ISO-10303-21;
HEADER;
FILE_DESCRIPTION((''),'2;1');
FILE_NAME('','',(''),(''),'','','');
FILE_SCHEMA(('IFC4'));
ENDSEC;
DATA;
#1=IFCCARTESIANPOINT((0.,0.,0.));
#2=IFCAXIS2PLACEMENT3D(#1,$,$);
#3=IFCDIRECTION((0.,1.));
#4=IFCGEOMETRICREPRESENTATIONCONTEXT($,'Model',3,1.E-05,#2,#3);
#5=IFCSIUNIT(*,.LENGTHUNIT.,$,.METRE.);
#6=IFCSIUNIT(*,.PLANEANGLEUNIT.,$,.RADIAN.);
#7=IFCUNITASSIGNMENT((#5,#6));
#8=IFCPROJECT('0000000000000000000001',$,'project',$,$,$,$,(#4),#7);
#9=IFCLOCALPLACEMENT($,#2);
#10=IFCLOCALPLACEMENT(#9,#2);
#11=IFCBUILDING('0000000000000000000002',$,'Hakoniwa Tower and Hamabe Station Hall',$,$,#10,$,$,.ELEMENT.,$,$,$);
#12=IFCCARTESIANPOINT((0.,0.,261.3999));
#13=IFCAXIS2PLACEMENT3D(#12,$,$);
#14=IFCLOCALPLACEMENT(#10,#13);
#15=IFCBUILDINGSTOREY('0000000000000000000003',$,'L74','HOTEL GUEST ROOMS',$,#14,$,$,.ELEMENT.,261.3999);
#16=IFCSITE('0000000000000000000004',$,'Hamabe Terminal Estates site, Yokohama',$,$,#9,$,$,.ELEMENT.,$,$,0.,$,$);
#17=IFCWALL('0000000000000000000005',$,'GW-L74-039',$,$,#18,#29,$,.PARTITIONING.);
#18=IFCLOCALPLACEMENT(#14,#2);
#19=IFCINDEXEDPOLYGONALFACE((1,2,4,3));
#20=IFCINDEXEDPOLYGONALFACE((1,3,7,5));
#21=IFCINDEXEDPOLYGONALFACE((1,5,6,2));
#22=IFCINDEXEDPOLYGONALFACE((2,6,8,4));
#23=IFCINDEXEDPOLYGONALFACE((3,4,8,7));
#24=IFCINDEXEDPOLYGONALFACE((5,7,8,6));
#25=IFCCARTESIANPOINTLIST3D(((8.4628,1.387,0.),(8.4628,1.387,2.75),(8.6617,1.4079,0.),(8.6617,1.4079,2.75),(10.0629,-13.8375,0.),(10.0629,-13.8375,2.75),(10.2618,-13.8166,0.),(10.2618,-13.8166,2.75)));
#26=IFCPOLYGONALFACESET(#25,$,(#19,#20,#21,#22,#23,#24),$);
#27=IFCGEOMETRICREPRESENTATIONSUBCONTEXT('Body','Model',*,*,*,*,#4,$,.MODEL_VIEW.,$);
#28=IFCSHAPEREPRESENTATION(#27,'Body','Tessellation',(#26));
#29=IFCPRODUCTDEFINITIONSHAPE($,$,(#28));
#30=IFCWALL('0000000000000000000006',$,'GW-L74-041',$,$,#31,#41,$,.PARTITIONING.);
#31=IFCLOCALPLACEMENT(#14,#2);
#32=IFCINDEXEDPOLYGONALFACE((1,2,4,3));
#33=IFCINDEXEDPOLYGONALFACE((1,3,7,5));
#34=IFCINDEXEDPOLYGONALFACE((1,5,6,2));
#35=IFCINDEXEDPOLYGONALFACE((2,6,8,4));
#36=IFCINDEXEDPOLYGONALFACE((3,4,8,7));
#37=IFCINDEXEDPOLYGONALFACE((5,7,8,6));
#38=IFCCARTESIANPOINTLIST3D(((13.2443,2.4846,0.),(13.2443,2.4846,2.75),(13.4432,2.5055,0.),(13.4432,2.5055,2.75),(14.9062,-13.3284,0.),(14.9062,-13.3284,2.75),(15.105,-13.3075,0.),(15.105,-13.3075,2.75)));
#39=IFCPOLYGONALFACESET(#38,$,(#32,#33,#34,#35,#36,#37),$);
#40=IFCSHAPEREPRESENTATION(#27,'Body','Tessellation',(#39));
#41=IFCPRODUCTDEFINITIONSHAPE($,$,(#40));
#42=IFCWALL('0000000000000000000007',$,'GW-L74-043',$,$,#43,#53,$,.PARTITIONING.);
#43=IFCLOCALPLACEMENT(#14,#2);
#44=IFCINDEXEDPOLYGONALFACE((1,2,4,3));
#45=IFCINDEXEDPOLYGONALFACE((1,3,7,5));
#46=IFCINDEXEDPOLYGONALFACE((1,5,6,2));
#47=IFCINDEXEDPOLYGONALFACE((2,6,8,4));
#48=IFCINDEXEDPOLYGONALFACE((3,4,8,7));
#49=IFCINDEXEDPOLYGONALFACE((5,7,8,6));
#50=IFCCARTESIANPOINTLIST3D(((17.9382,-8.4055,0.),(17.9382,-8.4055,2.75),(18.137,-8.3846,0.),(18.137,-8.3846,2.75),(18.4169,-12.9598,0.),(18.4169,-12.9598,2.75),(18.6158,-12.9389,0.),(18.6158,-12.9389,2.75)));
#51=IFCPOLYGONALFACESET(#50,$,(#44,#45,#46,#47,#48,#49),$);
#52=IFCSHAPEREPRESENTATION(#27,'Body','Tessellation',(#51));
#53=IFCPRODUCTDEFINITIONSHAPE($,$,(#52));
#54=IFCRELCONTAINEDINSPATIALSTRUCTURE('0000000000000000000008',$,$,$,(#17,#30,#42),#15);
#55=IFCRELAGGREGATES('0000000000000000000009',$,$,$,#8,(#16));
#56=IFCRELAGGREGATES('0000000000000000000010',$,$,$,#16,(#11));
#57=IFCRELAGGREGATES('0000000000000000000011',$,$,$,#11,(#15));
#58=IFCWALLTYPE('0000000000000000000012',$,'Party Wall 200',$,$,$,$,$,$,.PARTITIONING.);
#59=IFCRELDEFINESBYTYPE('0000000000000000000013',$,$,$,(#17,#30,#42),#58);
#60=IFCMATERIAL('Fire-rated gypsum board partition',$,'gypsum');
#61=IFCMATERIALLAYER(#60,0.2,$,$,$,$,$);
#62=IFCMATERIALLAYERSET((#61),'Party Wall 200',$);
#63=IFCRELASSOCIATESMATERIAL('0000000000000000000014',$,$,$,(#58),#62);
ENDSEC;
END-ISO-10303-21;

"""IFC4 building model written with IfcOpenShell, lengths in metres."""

from ifc_helpers import new_model, si_unit, direction, frame, frame_2d, origin, place, context, subcontext, project, spatial, rectangle, extrude, material, layer, layer_set, type_object, element, save


model = new_model("IFC4")

# Units and contexts
model_context = context("Model", 3, precision=1e-05, world=origin(), true_north=direction((0.0, 1.0)))
body_context = subcontext(model_context, "Body", "Model", "MODEL_VIEW")
ifc_project = project(units=[si_unit("LENGTHUNIT", "METRE"), si_unit("PLANEANGLEUNIT", "RADIAN")], contexts=[model_context])

# Site, building, storey
site_placement = place(None, origin())
site = spatial("IfcSite", under=ifc_project, at=site_placement, Name="Hamabe Terminal Estates site, Yokohama", CompositionType="ELEMENT", RefElevation=0.0)
building_placement = place(site_placement, origin())
building = spatial("IfcBuilding", under=site, at=building_placement, Name="Hakoniwa Tower and Hamabe Station Hall", CompositionType="ELEMENT")
storey_placement = place(building_placement, frame((0.0, 0.0, 261.3999)))
storey = spatial("IfcBuildingStorey", under=building, at=storey_placement, Name="L74", Description="HOTEL GUEST ROOMS", CompositionType="ELEMENT", Elevation=261.3999)

# Walls
ifc_material_1 = material(Name="Fire-rated gypsum board partition", Category="gypsum")
ifc_layer_1 = layer(ifc_material_1, 0.2)
ifc_layer_set_1 = layer_set([ifc_layer_1], Name="Party Wall 200")
wall_type_1 = type_object("IfcWallType", Name="Party Wall 200", PredefinedType="PARTITIONING", material=ifc_layer_set_1)
wall_1_placement = place(storey_placement, frame((10.1624, -13.8271, 0.0), z_axis=(0.0, 0.0, 1.0), x_axis=(-0.104524, 0.994522, 0.0)))
element("IfcWall", 1, at=wall_1_placement, inside=storey, type_object=wall_type_1, Name="GW-L74-039", PredefinedType="PARTITIONING", context=body_context, shape_type="SweptSolid", body=[
    extrude(rectangle(XDim=15.3083, YDim=0.2, at=frame_2d((7.6543, 0.0))), origin(), (0.0, 0.0, 1.0), 2.75),
])
wall_2_placement = place(storey_placement, frame((15.0056, -13.3181, 0.0), z_axis=(0.0, 0.0, 1.0), x_axis=(-0.104519, 0.994523, 0.0)))
element("IfcWall", 2, at=wall_2_placement, inside=storey, type_object=wall_type_1, Name="GW-L74-041", PredefinedType="PARTITIONING", context=body_context, shape_type="SweptSolid", body=[
    extrude(rectangle(XDim=15.9001, YDim=0.2, at=frame_2d((7.9502, 0.0))), origin(), (0.0, 0.0, 1.0), 2.75),
])
wall_3_placement = place(storey_placement, frame((18.5164, -12.9492, 0.0), z_axis=(0.0, 0.0, 1.0), x_axis=(-0.104549, 0.99452, 0.0)))
element("IfcWall", 3, at=wall_3_placement, inside=storey, type_object=wall_type_1, Name="GW-L74-043", PredefinedType="PARTITIONING", context=body_context, shape_type="SweptSolid", body=[
    extrude(rectangle(XDim=4.5793, YDim=0.2, at=frame_2d((2.2896, 0.0))), origin(), (0.0, 0.0, 1.0), 2.75),
])

save(model, "model.ifc")
